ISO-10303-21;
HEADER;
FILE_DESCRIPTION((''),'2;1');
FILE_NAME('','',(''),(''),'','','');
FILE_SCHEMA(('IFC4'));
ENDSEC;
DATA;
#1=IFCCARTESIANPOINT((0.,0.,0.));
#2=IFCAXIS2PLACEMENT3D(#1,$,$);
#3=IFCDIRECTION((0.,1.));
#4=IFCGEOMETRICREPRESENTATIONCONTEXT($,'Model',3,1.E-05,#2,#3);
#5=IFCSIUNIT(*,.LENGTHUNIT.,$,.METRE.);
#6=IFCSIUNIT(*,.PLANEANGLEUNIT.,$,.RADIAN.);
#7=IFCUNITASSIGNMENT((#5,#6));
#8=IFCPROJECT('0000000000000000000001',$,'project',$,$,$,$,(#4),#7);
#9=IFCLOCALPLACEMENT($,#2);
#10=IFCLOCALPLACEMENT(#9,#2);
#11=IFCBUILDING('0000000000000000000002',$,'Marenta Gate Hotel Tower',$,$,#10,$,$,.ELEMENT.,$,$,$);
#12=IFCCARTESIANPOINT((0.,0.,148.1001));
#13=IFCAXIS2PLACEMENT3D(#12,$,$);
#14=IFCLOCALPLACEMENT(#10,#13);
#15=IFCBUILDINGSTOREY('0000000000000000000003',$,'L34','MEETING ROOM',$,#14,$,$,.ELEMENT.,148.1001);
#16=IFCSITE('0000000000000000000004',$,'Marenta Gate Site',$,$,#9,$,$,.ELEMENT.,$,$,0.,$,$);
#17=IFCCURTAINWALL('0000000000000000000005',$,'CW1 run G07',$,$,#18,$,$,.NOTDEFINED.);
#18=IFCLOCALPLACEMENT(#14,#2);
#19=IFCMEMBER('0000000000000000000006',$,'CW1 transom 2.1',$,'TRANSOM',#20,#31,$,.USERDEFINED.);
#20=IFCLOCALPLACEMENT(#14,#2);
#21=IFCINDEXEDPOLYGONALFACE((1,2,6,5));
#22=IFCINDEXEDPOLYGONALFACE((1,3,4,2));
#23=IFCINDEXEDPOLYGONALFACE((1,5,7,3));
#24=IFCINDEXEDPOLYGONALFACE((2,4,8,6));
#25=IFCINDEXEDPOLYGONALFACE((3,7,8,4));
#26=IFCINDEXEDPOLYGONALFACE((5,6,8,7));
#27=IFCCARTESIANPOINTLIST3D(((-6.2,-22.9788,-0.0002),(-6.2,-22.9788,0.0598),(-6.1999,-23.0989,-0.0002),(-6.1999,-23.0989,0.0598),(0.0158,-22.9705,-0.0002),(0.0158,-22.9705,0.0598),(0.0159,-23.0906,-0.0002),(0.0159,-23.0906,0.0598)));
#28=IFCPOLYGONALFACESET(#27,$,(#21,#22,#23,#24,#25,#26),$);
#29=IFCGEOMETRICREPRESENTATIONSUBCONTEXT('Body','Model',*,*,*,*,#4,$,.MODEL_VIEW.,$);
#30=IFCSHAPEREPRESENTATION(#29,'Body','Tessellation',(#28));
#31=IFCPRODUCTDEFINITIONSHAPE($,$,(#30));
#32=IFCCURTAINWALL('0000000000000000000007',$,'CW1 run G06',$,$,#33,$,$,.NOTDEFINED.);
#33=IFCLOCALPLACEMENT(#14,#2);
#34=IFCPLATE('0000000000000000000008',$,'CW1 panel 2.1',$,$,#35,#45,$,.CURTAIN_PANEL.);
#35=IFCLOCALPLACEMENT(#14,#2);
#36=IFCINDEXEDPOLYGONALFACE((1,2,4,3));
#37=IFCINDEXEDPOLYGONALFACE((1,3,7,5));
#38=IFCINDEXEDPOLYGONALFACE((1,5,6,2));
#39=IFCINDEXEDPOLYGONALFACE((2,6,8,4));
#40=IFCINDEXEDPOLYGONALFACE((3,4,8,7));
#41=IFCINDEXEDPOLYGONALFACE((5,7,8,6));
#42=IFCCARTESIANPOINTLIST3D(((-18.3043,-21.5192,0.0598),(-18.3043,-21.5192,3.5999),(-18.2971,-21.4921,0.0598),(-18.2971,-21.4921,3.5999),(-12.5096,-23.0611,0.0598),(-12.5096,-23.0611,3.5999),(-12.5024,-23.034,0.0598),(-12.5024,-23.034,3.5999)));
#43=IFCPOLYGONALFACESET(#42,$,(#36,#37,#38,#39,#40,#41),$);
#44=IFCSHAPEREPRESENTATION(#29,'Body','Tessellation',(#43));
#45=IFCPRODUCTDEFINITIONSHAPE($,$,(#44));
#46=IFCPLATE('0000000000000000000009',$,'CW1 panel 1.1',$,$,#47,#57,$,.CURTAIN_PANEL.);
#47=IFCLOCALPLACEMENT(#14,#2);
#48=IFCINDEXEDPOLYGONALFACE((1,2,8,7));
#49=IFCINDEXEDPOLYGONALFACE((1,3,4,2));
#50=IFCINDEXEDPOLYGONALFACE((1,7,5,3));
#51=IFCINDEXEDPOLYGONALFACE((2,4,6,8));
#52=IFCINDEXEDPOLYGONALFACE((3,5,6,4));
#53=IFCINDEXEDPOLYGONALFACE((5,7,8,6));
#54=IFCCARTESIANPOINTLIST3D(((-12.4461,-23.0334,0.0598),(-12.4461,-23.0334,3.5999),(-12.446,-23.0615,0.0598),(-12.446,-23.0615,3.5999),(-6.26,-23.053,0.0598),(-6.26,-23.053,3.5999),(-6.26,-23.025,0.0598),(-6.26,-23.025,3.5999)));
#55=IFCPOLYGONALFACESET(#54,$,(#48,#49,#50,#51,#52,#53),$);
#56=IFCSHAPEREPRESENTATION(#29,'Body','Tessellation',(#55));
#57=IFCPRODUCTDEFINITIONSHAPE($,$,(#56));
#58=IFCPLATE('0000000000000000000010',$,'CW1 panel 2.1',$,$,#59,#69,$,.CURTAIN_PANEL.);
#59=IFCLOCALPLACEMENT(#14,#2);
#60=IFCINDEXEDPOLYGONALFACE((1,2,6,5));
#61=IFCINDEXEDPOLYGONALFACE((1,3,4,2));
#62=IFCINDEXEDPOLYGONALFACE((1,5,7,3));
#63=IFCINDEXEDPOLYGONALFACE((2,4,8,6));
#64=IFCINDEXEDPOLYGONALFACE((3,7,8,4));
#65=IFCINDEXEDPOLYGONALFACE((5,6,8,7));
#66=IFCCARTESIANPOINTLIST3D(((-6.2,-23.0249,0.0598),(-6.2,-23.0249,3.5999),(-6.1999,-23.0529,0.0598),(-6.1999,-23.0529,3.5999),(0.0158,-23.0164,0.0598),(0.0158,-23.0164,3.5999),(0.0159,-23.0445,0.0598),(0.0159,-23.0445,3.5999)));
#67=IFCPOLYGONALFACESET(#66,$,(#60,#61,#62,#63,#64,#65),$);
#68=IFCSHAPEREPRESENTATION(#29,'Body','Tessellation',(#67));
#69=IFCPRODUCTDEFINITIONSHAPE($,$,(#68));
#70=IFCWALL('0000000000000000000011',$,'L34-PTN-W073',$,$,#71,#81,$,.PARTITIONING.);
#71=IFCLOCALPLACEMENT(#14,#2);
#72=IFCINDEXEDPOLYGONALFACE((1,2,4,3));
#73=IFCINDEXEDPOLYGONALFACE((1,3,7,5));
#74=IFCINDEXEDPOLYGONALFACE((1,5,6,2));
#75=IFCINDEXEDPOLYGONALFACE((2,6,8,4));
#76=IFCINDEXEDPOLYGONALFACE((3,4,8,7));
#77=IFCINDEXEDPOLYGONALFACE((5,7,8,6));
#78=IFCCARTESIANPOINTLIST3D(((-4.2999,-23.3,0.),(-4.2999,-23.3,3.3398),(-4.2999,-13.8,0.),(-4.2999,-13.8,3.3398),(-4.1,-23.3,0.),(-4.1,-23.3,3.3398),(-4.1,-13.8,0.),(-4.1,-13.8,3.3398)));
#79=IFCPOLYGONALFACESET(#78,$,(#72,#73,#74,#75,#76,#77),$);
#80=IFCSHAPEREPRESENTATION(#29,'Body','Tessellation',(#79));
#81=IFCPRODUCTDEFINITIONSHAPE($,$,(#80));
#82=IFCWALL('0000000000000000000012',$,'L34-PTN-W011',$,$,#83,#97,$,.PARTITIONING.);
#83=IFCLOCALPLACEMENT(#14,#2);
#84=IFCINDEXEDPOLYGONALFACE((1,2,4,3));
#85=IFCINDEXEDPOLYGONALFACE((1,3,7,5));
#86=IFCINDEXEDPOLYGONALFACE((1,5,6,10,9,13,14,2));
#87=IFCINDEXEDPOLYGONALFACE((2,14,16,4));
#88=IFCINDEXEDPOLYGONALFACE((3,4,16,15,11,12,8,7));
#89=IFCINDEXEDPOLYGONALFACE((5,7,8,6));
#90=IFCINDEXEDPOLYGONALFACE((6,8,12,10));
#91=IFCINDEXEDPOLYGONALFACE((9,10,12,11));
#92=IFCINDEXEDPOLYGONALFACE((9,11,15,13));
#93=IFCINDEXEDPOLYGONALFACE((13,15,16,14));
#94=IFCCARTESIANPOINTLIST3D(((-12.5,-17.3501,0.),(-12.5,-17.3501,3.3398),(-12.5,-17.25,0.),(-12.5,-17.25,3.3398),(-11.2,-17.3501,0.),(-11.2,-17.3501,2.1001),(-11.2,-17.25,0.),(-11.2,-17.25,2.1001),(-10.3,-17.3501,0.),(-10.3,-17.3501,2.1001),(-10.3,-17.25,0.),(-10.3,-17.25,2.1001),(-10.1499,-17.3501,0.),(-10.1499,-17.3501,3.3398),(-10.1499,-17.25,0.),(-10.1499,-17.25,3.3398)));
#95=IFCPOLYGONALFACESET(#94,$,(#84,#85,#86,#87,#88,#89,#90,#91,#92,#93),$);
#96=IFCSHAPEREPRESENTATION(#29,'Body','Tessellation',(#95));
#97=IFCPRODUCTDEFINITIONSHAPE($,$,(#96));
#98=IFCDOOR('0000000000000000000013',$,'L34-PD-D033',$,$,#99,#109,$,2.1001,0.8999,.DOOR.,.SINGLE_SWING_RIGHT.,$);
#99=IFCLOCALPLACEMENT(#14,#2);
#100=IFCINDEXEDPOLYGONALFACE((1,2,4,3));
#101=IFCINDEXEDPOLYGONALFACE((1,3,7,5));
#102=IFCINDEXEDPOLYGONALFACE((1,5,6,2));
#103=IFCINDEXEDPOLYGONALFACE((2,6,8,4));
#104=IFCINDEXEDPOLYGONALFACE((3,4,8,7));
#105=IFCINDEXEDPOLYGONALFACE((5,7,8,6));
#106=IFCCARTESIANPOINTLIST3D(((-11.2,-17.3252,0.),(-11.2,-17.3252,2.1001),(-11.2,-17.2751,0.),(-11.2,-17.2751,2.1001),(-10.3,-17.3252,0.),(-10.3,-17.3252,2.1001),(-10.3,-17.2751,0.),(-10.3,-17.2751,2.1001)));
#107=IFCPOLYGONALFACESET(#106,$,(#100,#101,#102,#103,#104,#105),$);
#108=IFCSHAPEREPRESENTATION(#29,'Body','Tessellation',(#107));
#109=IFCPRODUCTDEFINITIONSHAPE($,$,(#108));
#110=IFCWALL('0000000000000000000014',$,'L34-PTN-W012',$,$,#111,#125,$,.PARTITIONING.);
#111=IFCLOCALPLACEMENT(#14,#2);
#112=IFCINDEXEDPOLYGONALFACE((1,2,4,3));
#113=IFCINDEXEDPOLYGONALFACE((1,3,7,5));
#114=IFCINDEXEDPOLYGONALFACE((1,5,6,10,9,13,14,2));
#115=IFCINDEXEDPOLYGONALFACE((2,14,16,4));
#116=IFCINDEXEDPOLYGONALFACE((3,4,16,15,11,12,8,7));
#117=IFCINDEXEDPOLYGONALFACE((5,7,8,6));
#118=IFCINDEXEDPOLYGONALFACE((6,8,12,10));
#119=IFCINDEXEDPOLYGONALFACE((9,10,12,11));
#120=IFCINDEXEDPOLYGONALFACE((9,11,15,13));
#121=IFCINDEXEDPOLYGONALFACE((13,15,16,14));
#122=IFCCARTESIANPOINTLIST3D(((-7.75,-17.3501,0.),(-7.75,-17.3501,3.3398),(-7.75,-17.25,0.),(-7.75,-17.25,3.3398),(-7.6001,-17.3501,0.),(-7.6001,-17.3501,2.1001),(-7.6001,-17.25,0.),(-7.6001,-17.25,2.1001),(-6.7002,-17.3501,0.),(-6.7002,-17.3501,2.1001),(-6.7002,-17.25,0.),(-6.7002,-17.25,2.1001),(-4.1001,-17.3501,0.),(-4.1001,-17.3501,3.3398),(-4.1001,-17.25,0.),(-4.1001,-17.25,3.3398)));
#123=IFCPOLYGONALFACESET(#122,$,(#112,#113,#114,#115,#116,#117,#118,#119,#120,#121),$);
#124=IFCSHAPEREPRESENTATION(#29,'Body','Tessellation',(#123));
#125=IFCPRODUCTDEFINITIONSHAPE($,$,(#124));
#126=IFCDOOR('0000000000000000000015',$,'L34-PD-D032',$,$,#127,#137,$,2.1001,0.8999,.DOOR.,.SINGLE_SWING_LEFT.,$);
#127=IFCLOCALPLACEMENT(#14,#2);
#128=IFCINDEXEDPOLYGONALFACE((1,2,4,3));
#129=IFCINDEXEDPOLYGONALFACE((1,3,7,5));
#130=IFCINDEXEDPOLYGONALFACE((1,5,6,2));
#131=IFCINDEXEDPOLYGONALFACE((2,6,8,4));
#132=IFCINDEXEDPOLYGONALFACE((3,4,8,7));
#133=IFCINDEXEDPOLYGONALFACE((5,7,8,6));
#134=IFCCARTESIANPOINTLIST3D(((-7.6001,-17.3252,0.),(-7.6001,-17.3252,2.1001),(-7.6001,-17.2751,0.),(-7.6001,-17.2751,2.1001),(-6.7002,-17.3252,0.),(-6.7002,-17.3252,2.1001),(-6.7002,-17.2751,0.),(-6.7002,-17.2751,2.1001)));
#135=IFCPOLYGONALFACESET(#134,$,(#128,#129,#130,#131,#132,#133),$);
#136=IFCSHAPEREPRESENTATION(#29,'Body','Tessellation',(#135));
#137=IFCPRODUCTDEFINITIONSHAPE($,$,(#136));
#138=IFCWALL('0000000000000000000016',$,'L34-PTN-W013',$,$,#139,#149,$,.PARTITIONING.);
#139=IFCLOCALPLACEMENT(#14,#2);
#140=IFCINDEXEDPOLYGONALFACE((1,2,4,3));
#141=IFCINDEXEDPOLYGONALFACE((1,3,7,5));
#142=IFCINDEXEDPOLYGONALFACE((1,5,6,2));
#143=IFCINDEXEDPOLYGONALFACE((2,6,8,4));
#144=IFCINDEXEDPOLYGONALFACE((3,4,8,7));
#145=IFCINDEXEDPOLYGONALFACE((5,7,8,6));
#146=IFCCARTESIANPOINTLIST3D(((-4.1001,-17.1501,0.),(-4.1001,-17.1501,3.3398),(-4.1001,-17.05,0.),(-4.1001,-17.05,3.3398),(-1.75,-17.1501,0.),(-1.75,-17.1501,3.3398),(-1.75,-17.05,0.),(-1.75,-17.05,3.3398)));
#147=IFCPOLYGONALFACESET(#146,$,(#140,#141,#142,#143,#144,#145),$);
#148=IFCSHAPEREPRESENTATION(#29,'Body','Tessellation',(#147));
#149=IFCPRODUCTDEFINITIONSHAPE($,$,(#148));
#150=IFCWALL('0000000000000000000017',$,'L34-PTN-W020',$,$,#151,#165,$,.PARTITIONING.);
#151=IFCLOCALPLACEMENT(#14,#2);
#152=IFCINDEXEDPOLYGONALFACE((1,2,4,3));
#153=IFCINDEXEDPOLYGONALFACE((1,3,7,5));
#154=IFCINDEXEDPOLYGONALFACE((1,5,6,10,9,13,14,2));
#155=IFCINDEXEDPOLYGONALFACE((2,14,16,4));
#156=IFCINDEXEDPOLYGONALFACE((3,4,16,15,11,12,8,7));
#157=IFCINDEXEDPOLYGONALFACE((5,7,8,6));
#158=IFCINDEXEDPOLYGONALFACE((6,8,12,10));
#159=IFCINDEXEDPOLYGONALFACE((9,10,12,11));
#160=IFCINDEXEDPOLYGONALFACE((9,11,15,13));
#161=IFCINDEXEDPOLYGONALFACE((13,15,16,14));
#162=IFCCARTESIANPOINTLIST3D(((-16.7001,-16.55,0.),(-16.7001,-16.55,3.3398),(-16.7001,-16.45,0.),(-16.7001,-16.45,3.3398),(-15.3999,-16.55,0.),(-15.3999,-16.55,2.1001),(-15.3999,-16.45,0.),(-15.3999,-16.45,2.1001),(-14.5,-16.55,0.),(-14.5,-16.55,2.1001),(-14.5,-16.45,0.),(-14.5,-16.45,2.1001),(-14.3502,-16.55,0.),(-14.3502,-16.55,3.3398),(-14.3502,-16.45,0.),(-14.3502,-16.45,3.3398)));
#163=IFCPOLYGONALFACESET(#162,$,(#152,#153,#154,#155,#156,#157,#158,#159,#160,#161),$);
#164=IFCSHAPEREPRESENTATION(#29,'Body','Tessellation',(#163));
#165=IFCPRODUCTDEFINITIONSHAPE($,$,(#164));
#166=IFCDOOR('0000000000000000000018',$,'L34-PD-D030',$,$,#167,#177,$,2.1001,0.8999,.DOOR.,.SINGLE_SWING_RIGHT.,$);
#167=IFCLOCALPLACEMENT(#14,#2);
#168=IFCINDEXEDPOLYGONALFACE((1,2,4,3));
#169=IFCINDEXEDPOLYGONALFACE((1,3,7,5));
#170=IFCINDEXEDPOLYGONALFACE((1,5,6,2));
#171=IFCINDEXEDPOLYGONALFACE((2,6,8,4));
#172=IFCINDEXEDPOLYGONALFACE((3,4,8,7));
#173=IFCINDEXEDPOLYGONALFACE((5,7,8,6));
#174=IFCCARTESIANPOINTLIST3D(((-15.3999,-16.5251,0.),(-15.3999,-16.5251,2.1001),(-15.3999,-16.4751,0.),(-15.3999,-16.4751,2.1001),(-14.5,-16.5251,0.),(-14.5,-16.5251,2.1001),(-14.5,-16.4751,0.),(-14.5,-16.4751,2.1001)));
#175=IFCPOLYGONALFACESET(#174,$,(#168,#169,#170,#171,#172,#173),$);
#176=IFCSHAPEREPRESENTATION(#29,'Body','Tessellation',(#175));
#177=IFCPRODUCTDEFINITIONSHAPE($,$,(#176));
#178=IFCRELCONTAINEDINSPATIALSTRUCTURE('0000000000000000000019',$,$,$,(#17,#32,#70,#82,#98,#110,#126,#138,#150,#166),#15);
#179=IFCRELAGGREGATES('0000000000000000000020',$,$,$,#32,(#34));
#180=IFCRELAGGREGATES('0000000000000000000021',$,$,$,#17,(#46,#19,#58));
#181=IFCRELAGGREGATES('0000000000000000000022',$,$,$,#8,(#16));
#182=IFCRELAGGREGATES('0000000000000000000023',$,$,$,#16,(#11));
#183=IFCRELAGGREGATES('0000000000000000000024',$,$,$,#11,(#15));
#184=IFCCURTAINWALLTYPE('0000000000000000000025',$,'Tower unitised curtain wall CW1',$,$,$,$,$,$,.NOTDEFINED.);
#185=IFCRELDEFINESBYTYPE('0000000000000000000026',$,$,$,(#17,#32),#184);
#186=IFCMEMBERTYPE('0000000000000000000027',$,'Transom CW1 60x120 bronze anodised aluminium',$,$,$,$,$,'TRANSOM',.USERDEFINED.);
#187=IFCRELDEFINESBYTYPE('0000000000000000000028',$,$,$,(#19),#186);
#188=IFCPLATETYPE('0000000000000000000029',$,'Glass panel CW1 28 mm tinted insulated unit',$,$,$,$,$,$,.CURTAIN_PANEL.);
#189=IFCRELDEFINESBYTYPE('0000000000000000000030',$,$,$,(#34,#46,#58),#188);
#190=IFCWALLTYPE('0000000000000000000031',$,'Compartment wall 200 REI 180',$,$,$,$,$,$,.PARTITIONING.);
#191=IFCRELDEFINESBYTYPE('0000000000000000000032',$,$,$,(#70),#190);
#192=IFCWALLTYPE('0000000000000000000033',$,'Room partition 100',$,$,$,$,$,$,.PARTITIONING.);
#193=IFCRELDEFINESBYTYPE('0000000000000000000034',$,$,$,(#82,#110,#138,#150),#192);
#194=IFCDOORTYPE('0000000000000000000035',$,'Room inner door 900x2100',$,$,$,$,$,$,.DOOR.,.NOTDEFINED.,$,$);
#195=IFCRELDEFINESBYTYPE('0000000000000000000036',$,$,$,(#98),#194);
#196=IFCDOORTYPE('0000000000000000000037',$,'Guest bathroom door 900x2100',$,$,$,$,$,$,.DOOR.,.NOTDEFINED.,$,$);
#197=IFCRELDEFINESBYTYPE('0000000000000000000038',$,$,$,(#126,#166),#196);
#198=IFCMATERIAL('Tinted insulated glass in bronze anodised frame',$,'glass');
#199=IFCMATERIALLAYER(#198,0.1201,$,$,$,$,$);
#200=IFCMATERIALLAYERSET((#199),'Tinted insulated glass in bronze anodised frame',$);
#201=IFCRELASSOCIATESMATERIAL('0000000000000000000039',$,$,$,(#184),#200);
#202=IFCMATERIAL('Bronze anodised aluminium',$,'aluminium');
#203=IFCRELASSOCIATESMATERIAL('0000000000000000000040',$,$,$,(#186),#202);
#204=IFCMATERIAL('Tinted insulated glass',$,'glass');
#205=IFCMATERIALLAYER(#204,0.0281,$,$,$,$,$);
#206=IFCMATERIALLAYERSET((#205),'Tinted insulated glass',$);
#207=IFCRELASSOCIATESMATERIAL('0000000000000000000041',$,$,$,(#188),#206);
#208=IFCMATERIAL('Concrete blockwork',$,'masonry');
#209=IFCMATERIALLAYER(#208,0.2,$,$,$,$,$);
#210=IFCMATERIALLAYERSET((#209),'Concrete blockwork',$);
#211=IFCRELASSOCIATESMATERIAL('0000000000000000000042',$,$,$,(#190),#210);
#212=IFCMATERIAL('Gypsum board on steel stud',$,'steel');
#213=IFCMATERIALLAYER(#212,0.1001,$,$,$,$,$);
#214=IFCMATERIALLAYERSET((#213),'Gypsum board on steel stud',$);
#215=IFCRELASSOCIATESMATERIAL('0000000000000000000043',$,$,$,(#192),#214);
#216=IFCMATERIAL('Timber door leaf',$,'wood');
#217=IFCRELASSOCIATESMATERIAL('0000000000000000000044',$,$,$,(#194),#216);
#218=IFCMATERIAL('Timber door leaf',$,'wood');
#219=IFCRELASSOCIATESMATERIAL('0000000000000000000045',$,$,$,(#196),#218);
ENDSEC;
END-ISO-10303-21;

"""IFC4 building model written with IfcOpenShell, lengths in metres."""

from ifc_helpers import new_model, si_unit, direction, frame, frame_2d, origin, origin_2d, place, context, subcontext, project, spatial, rectangle, extrude, material, layer, layer_set, material_profile, profile_set, type_object, element, fill, aggregate, save


model = new_model("IFC4")

# Units and contexts
model_context = context("Model", 3, precision=1e-05, world=origin(), true_north=direction((0.0, 1.0)))
body_context = subcontext(model_context, "Body", "Model", "MODEL_VIEW")
ifc_project = project(units=[si_unit("LENGTHUNIT", "METRE"), si_unit("PLANEANGLEUNIT", "RADIAN")], contexts=[model_context])

# Site, building, storey
site_placement = place(None, origin())
site = spatial("IfcSite", under=ifc_project, at=site_placement, Name="Marenta Gate Site", CompositionType="ELEMENT", RefElevation=0.0)
building_placement = place(site_placement, origin())
building = spatial("IfcBuilding", under=site, at=building_placement, Name="Marenta Gate Hotel Tower", CompositionType="ELEMENT")
storey_placement = place(building_placement, frame((0.0, 0.0, 148.1001)))
storey = spatial("IfcBuildingStorey", under=building, at=storey_placement, Name="L34", Description="MEETING ROOM", CompositionType="ELEMENT", Elevation=148.1001)

# Curtain wall, member
ifc_material_1 = material(Name="Tinted insulated glass in bronze anodised frame", Category="glass")
ifc_layer_1 = layer(ifc_material_1, 0.1201)
ifc_layer_set_1 = layer_set([ifc_layer_1], Name="Tinted insulated glass in bronze anodised frame")
curtain_wall_type = type_object("IfcCurtainWallType", Name="Tower unitised curtain wall CW1", PredefinedType="NOTDEFINED", material=ifc_layer_set_1)
curtain_wall_1_placement = place(storey_placement, origin())
curtain_wall_1 = element("IfcCurtainWall", 1, at=curtain_wall_1_placement, inside=storey, type_object=curtain_wall_type, Name="CW1 run G07", PredefinedType="NOTDEFINED")
ifc_material_2 = material(Name="Bronze anodised aluminium", Category="aluminium")
ifc_material_profile_1 = material_profile(ifc_material_2, rectangle(XDim=0.1201, YDim=0.0601, at=origin_2d()), Name="Transom CW1 60x120 bronze anodised aluminium")
ifc_profile_set_1 = profile_set([ifc_material_profile_1], Name="Bronze anodised aluminium")
member_type_1 = type_object("IfcMemberType", Name="Transom CW1 60x120 bronze anodised aluminium", ElementType="TRANSOM", PredefinedType="USERDEFINED", material=ifc_profile_set_1)
member_1_placement = place(storey_placement, frame((-6.2, -23.0388, 0.0298), z_axis=(0.999999, 0.001335, 0.0), x_axis=(-0.001335, 0.999999, 0.0)))
member_1 = element("IfcMember", 2, at=member_1_placement, type_object=member_type_1, Name="CW1 transom 2.1", ObjectType="TRANSOM", PredefinedType="USERDEFINED", context=body_context, shape_type="SweptSolid", body=[
    extrude(rectangle(XDim=0.1201, YDim=0.0601, at=origin_2d()), origin(), (0.0, 0.0, 1.0), 6.2158),
])

# Curtain wall, plate
curtain_wall_2_placement = place(storey_placement, origin())
curtain_wall_2 = element("IfcCurtainWall", 3, at=curtain_wall_2_placement, inside=storey, type_object=curtain_wall_type, Name="CW1 run G06", PredefinedType="NOTDEFINED")
ifc_material_3 = material(Name="Tinted insulated glass", Category="glass")
ifc_layer_2 = layer(ifc_material_3, 0.0281)
ifc_layer_set_2 = layer_set([ifc_layer_2], Name="Tinted insulated glass")
plate_type = type_object("IfcPlateType", Name="Glass panel CW1 28 mm tinted insulated unit", PredefinedType="CURTAIN_PANEL", material=ifc_layer_set_2)
plate_1_placement = place(storey_placement, frame((-15.4033, -22.2766, 0.0598), z_axis=(0.0, 0.0, 1.0), x_axis=(0.966373, -0.257144, 0.0)))
plate_1 = element("IfcPlate", 4, at=plate_1_placement, type_object=plate_type, Name="CW1 panel 2.1", PredefinedType="CURTAIN_PANEL", context=body_context, shape_type="SweptSolid", body=[
    extrude(rectangle(XDim=5.9963, YDim=0.0281, at=origin_2d()), origin(), (0.0, 0.0, 1.0), 3.54),
])
aggregate(curtain_wall_2, [plate_1])

# Plates
plate_2_placement = place(storey_placement, frame((-9.353, -23.0432, 0.0598), z_axis=(0.0, 0.0, 1.0), x_axis=(0.999999, 0.001362, 0.0)))
plate_2 = element("IfcPlate", 5, at=plate_2_placement, type_object=plate_type, Name="CW1 panel 1.1", PredefinedType="CURTAIN_PANEL", context=body_context, shape_type="SweptSolid", body=[
    extrude(rectangle(XDim=6.186, YDim=0.0281, at=origin_2d()), origin(), (0.0, 0.0, 1.0), 3.54),
])
plate_3_placement = place(storey_placement, frame((-3.092, -23.0347, 0.0598), z_axis=(0.0, 0.0, 1.0), x_axis=(0.999999, 0.001362, 0.0)))
plate_3 = element("IfcPlate", 6, at=plate_3_placement, type_object=plate_type, Name="CW1 panel 2.1", PredefinedType="CURTAIN_PANEL", context=body_context, shape_type="SweptSolid", body=[
    extrude(rectangle(XDim=6.2158, YDim=0.0281, at=origin_2d()), origin(), (0.0, 0.0, 1.0), 3.54),
])
aggregate(curtain_wall_1, [plate_2, member_1, plate_3])

# Wall
ifc_material_4 = material(Name="Concrete blockwork", Category="masonry")
ifc_layer_3 = layer(ifc_material_4, 0.2)
ifc_layer_set_3 = layer_set([ifc_layer_3], Name="Concrete blockwork")
wall_type_1 = type_object("IfcWallType", Name="Compartment wall 200 REI 180", PredefinedType="PARTITIONING", material=ifc_layer_set_3)
wall_1_placement = place(storey_placement, frame((-4.2, -23.3, 0.0), z_axis=(0.0, 0.0, 1.0), x_axis=(0.0, 1.0, 0.0)))
element("IfcWall", 7, at=wall_1_placement, inside=storey, type_object=wall_type_1, Name="L34-PTN-W073", PredefinedType="PARTITIONING", context=body_context, shape_type="SweptSolid", body=[
    extrude(rectangle(XDim=9.5, YDim=0.2, at=frame_2d((4.75, 0.0))), origin(), (0.0, 0.0, 1.0), 3.3398),
])

# Walls, openings, doors
ifc_material_5 = material(Name="Gypsum board on steel stud", Category="steel")
ifc_layer_4 = layer(ifc_material_5, 0.1001)
ifc_layer_set_4 = layer_set([ifc_layer_4], Name="Gypsum board on steel stud")
wall_type_2 = type_object("IfcWallType", Name="Room partition 100", PredefinedType="PARTITIONING", material=ifc_layer_set_4)
wall_2_placement = place(storey_placement, frame((-12.5, -17.3, 0.0), z_axis=(0.0, 0.0, 1.0), x_axis=(1.0, 0.0, 0.0)))
wall_2 = element("IfcWall", 8, at=wall_2_placement, inside=storey, type_object=wall_type_2, Name="L34-PTN-W011", PredefinedType="PARTITIONING", context=body_context, shape_type="SweptSolid", body=[
    extrude(rectangle(XDim=2.3501, YDim=0.1001, at=frame_2d((1.175, 0.0))), origin(), (0.0, 0.0, 1.0), 3.3398),
])
opening_1_placement = place(wall_2_placement, frame((1.3, 0.0, 0.0)))
opening_1 = element("IfcOpeningElement", 9, at=opening_1_placement, cuts=wall_2, PredefinedType="OPENING", context=body_context, shape_type="SweptSolid", body=[
    extrude(rectangle(XDim=0.8999, YDim=2.1001, at=frame_2d((0.45, 1.05))), frame((0.0, 0.05, 0.0), z_axis=(0.0, -1.0, 0.0), x_axis=(1.0, 0.0, 0.0)), (0.0, 0.0, 1.0), 0.1001),
])
ifc_material_6 = material(Name="Timber door leaf", Category="wood")
door_type_1 = type_object("IfcDoorType", Name="Room inner door 900x2100", OperationType="NOTDEFINED", PredefinedType="DOOR", material=ifc_material_6)
door_1_placement = place(opening_1_placement, origin())
door_1 = element("IfcDoor", 10, at=door_1_placement, inside=storey, type_object=door_type_1, Name="L34-PD-D033", OperationType="SINGLE_SWING_RIGHT", OverallHeight=2.1001, OverallWidth=0.8999, PredefinedType="DOOR", context=body_context, shape_type="SweptSolid", body=[
    extrude(rectangle(XDim=0.8999, YDim=2.1001, at=frame_2d((0.45, 1.05))), frame((0.0, 0.0249, 0.0), z_axis=(0.0, -1.0, 0.0), x_axis=(1.0, 0.0, 0.0)), (0.0, 0.0, 1.0), 0.05),
])
fill(opening_1, door_1)
wall_3_placement = place(storey_placement, frame((-7.75, -17.3, 0.0), z_axis=(0.0, 0.0, 1.0), x_axis=(1.0, 0.0, 0.0)))
wall_3 = element("IfcWall", 11, at=wall_3_placement, inside=storey, type_object=wall_type_2, Name="L34-PTN-W012", PredefinedType="PARTITIONING", context=body_context, shape_type="SweptSolid", body=[
    extrude(rectangle(XDim=3.6499, YDim=0.1001, at=frame_2d((1.825, 0.0))), origin(), (0.0, 0.0, 1.0), 3.3398),
])
opening_2_placement = place(wall_3_placement, frame((0.1499, 0.0, 0.0)))
opening_2 = element("IfcOpeningElement", 12, at=opening_2_placement, cuts=wall_3, PredefinedType="OPENING", context=body_context, shape_type="SweptSolid", body=[
    extrude(rectangle(XDim=0.8999, YDim=2.1001, at=frame_2d((0.45, 1.05))), frame((0.0, 0.05, 0.0), z_axis=(0.0, -1.0, 0.0), x_axis=(1.0, 0.0, 0.0)), (0.0, 0.0, 1.0), 0.1001),
])
ifc_material_7 = material(Name="Timber door leaf", Category="wood")
door_type_2 = type_object("IfcDoorType", Name="Guest bathroom door 900x2100", OperationType="NOTDEFINED", PredefinedType="DOOR", material=ifc_material_7)
door_2_placement = place(opening_2_placement, origin())
door_2 = element("IfcDoor", 13, at=door_2_placement, inside=storey, type_object=door_type_2, Name="L34-PD-D032", OperationType="SINGLE_SWING_LEFT", OverallHeight=2.1001, OverallWidth=0.8999, PredefinedType="DOOR", context=body_context, shape_type="SweptSolid", body=[
    extrude(rectangle(XDim=0.8999, YDim=2.1001, at=frame_2d((0.45, 1.05))), frame((0.0, 0.0249, 0.0), z_axis=(0.0, -1.0, 0.0), x_axis=(1.0, 0.0, 0.0)), (0.0, 0.0, 1.0), 0.05),
])
fill(opening_2, door_2)

# Wall
wall_4_placement = place(storey_placement, frame((-4.1001, -17.1001, 0.0), z_axis=(0.0, 0.0, 1.0), x_axis=(1.0, 0.0, 0.0)))
element("IfcWall", 14, at=wall_4_placement, inside=storey, type_object=wall_type_2, Name="L34-PTN-W013", PredefinedType="PARTITIONING", context=body_context, shape_type="SweptSolid", body=[
    extrude(rectangle(XDim=2.3501, YDim=0.1001, at=frame_2d((1.175, 0.0))), origin(), (0.0, 0.0, 1.0), 3.3398),
])

# Wall, opening, door
wall_5_placement = place(storey_placement, frame((-16.7, -16.5, 0.0), z_axis=(0.0, 0.0, 1.0), x_axis=(1.0, 0.0, 0.0)))
wall_5 = element("IfcWall", 15, at=wall_5_placement, inside=storey, type_object=wall_type_2, Name="L34-PTN-W020", PredefinedType="PARTITIONING", context=body_context, shape_type="SweptSolid", body=[
    extrude(rectangle(XDim=2.3499, YDim=0.1001, at=frame_2d((1.1748, 0.0))), origin(), (0.0, 0.0, 1.0), 3.3398),
])
opening_3_placement = place(wall_5_placement, frame((1.3, 0.0, 0.0)))
opening_3 = element("IfcOpeningElement", 16, at=opening_3_placement, cuts=wall_5, PredefinedType="OPENING", context=body_context, shape_type="SweptSolid", body=[
    extrude(rectangle(XDim=0.8999, YDim=2.1001, at=frame_2d((0.45, 1.05))), frame((0.0, 0.05, 0.0), z_axis=(0.0, -1.0, 0.0), x_axis=(1.0, 0.0, 0.0)), (0.0, 0.0, 1.0), 0.1001),
])
door_3_placement = place(opening_3_placement, origin())
door_3 = element("IfcDoor", 17, at=door_3_placement, inside=storey, type_object=door_type_2, Name="L34-PD-D030", OperationType="SINGLE_SWING_RIGHT", OverallHeight=2.1001, OverallWidth=0.8999, PredefinedType="DOOR", context=body_context, shape_type="SweptSolid", body=[
    extrude(rectangle(XDim=0.8999, YDim=2.1001, at=frame_2d((0.45, 1.05))), frame((0.0, 0.0249, 0.0), z_axis=(0.0, -1.0, 0.0), x_axis=(1.0, 0.0, 0.0)), (0.0, 0.0, 1.0), 0.05),
])
fill(opening_3, door_3)

save(model, "model.ifc")
